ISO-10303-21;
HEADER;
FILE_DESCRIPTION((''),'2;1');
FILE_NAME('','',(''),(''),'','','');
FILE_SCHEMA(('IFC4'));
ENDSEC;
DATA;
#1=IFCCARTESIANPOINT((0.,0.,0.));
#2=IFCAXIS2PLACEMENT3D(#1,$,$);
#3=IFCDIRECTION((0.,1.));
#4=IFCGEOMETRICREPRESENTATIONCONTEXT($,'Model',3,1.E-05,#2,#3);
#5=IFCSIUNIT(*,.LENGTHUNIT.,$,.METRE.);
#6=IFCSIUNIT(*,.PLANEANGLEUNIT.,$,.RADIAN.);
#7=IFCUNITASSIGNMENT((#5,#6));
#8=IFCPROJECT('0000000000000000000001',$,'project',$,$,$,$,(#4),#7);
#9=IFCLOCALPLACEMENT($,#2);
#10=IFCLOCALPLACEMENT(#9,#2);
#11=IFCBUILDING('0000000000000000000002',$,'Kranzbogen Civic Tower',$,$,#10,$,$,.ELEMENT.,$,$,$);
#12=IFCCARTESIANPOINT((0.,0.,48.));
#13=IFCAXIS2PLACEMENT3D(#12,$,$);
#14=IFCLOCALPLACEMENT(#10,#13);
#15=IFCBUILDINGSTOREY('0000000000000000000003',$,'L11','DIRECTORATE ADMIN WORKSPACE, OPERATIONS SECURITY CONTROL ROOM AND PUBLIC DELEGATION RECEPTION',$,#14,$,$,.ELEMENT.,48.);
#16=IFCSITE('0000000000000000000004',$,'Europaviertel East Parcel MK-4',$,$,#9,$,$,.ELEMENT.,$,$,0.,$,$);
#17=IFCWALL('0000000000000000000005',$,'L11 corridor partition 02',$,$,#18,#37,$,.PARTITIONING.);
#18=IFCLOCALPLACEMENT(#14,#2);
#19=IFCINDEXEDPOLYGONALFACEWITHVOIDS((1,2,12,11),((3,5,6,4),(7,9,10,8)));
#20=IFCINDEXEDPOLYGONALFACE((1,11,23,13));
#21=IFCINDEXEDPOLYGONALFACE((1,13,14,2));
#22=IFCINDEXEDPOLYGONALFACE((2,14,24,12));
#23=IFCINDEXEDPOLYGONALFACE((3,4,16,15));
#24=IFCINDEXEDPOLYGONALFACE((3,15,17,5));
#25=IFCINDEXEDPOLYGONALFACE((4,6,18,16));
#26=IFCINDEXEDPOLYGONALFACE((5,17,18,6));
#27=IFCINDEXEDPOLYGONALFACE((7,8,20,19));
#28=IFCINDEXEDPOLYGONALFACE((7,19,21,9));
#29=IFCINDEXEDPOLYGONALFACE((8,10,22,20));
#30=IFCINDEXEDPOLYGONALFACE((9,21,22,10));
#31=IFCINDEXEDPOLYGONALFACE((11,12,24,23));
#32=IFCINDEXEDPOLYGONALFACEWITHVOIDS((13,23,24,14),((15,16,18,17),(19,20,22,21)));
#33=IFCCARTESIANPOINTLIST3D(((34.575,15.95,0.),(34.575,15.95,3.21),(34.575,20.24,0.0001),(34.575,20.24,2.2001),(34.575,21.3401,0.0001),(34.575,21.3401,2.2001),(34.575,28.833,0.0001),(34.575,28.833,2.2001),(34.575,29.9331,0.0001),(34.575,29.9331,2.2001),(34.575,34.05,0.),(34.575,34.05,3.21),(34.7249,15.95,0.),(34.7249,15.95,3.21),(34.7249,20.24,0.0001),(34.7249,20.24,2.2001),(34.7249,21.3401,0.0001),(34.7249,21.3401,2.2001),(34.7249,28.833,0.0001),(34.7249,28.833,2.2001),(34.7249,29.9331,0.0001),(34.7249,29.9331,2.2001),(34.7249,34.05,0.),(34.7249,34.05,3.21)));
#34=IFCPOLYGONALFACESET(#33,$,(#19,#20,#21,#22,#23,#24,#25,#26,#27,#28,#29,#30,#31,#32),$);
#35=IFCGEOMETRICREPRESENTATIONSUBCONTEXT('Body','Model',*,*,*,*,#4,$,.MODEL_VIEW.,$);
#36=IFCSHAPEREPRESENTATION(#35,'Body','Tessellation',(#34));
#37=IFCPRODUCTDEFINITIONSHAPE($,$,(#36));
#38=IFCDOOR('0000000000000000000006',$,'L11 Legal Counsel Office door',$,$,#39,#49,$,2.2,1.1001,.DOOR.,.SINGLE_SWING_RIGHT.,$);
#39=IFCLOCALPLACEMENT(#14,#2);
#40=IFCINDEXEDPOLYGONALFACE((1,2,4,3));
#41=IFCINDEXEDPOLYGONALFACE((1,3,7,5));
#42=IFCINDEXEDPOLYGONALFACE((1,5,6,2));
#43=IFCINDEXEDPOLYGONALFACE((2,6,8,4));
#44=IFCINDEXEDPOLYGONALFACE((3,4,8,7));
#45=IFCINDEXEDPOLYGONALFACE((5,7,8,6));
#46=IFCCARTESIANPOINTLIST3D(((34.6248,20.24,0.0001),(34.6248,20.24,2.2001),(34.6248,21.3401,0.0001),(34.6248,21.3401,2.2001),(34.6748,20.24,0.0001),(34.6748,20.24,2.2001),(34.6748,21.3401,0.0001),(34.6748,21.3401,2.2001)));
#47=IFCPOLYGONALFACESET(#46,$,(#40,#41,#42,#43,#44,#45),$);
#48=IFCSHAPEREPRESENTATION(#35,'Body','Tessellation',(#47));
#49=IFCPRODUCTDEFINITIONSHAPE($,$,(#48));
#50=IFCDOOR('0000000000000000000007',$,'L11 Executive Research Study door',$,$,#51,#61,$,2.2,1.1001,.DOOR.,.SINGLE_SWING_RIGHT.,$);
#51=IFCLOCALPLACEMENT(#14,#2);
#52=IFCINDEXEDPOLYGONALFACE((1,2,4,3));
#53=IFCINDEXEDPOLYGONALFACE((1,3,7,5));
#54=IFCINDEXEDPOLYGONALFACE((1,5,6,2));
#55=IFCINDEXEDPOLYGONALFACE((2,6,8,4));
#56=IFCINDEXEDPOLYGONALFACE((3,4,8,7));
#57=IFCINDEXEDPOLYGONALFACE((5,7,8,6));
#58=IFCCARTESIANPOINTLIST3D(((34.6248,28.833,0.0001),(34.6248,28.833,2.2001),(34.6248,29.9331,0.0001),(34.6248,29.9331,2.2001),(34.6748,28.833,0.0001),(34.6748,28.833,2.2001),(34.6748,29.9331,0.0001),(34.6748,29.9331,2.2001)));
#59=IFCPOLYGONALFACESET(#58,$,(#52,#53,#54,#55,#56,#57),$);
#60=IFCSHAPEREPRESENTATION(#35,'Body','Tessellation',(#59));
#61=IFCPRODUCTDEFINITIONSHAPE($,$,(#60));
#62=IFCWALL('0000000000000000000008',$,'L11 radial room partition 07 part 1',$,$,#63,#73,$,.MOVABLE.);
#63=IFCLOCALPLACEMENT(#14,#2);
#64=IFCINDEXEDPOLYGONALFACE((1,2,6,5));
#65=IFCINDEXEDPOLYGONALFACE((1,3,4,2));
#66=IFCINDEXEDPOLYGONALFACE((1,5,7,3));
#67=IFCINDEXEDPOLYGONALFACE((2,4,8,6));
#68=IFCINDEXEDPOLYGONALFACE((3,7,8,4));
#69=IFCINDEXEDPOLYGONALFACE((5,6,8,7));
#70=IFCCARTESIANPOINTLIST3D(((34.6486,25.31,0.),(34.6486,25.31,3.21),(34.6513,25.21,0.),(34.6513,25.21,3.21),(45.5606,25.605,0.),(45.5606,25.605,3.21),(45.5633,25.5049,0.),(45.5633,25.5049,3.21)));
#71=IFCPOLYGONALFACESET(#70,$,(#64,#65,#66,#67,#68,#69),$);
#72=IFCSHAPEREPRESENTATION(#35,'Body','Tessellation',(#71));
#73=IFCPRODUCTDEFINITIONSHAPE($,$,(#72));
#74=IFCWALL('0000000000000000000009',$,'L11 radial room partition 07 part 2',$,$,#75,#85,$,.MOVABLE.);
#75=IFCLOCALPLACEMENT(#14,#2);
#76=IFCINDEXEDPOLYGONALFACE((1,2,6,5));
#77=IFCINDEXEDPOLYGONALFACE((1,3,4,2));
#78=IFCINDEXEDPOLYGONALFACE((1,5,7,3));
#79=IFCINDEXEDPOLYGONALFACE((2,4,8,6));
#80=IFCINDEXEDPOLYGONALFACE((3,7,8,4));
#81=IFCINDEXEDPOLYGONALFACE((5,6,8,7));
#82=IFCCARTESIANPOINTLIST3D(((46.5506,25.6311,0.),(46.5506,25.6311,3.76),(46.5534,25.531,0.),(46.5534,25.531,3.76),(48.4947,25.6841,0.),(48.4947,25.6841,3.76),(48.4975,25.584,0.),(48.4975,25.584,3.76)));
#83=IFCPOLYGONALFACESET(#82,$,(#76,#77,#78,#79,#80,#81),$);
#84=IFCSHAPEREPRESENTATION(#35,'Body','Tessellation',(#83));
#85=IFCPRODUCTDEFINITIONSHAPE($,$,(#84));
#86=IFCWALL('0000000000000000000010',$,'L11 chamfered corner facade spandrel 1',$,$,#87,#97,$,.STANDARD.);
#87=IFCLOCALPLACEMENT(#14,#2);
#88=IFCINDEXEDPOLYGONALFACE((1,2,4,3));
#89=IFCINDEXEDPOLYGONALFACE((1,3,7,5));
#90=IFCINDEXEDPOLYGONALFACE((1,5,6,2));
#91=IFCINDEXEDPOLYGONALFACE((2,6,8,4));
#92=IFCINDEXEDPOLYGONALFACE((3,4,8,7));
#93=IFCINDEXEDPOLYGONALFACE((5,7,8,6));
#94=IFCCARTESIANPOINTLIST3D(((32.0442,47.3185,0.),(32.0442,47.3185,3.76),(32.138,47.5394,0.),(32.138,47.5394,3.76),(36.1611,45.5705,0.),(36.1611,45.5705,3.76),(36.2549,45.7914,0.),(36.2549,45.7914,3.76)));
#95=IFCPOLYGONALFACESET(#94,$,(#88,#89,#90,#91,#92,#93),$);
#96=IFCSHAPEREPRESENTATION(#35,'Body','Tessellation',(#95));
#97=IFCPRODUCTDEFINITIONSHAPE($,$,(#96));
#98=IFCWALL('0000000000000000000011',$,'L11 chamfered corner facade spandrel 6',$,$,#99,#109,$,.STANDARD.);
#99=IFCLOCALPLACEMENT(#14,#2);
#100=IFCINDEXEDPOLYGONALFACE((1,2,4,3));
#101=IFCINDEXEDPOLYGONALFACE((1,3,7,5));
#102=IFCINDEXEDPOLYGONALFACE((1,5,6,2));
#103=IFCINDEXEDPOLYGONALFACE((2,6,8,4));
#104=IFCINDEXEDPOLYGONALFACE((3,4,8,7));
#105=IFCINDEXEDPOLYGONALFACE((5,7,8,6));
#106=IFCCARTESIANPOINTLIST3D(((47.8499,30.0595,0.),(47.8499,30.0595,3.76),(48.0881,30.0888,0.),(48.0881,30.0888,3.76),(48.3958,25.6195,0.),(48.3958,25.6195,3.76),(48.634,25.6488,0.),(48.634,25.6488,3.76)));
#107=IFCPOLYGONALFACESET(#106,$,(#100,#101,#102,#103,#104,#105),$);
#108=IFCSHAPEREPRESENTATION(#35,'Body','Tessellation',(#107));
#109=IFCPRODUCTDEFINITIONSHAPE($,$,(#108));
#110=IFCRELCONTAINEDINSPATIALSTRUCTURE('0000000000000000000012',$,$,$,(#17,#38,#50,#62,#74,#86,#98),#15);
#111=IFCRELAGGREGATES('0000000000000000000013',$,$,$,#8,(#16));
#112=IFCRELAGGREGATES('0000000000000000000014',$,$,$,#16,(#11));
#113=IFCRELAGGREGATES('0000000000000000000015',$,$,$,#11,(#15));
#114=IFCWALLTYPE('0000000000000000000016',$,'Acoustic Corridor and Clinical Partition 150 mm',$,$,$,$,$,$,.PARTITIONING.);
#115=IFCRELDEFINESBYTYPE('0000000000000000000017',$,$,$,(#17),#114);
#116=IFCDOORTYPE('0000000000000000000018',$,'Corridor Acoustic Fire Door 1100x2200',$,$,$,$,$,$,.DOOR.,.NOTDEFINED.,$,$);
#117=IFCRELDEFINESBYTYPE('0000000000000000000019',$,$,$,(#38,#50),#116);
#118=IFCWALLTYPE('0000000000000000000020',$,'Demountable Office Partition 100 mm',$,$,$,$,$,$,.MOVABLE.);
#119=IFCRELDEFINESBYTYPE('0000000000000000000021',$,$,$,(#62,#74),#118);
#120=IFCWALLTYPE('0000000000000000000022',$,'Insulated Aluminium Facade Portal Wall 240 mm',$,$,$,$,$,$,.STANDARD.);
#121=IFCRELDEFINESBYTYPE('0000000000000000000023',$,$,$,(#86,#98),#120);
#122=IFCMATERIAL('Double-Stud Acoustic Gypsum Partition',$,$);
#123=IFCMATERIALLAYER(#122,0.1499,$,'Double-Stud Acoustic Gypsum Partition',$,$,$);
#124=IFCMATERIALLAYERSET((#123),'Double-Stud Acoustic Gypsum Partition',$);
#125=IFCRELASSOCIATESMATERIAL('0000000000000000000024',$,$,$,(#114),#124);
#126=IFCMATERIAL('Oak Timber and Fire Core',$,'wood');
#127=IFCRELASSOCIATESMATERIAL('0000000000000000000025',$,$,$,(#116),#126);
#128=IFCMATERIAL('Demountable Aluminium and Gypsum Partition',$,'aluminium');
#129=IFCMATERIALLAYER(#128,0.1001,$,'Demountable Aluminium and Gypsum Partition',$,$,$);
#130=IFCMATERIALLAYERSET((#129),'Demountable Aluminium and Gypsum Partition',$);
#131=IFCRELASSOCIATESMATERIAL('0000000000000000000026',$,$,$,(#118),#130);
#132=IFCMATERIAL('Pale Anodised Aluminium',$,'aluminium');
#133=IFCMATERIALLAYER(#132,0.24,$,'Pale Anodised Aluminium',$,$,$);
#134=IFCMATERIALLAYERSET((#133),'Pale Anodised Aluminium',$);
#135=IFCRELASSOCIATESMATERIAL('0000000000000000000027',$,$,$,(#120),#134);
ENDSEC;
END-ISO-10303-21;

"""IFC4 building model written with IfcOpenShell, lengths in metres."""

from ifc_helpers import new_model, si_unit, direction, frame, frame_2d, origin, place, context, subcontext, project, spatial, rectangle, extrude, material, layer, layer_set, type_object, element, fill, save


model = new_model("IFC4")

# Units and contexts
model_context = context("Model", 3, precision=1e-05, world=origin(), true_north=direction((0.0, 1.0)))
body_context = subcontext(model_context, "Body", "Model", "MODEL_VIEW")
ifc_project = project(units=[si_unit("LENGTHUNIT", "METRE"), si_unit("PLANEANGLEUNIT", "RADIAN")], contexts=[model_context])

# Site, building, storey
site_placement = place(None, origin())
site = spatial("IfcSite", under=ifc_project, at=site_placement, Name="Europaviertel East Parcel MK-4", CompositionType="ELEMENT", RefElevation=0.0)
building_placement = place(site_placement, origin())
building = spatial("IfcBuilding", under=site, at=building_placement, Name="Kranzbogen Civic Tower", CompositionType="ELEMENT")
storey_placement = place(building_placement, frame((0.0, 0.0, 48.0)))
storey = spatial("IfcBuildingStorey", under=building, at=storey_placement, Name="L11", Description="DIRECTORATE ADMIN WORKSPACE, OPERATIONS SECURITY CONTROL ROOM AND PUBLIC DELEGATION RECEPTION", CompositionType="ELEMENT", Elevation=48.0)

# Shared definitions
ifc_material_1 = material(Name="Pale Anodised Aluminium", Category="aluminium")

# Wall, openings, doors
ifc_material_2 = material(Name="Double-Stud Acoustic Gypsum Partition")
ifc_layer_1 = layer(ifc_material_2, 0.1499, Name="Double-Stud Acoustic Gypsum Partition")
ifc_layer_set_1 = layer_set([ifc_layer_1], Name="Double-Stud Acoustic Gypsum Partition")
wall_type_1 = type_object("IfcWallType", Name="Acoustic Corridor and Clinical Partition 150 mm", PredefinedType="PARTITIONING", material=ifc_layer_set_1)
wall_1_placement = place(storey_placement, frame((34.6499, 34.05, 0.0), z_axis=(0.0, 0.0, 1.0), x_axis=(0.0, -1.0, 0.0)))
wall_1 = element("IfcWall", 1, at=wall_1_placement, inside=storey, type_object=wall_type_1, Name="L11 corridor partition 02", PredefinedType="PARTITIONING", context=body_context, shape_type="SweptSolid", body=[
    extrude(rectangle(XDim=18.1001, YDim=0.1499, at=frame_2d((9.05, 0.0))), origin(), (0.0, 0.0, 1.0), 3.21),
])
opening_1_placement = place(wall_1_placement, frame((12.71, 0.0, 0.0)))
opening_1 = element("IfcOpeningElement", 2, at=opening_1_placement, cuts=wall_1, PredefinedType="OPENING", context=body_context, shape_type="SweptSolid", body=[
    extrude(rectangle(XDim=1.1001, YDim=2.2, at=frame_2d((0.55, 1.1001))), frame((0.0, 0.085, 0.0), z_axis=(0.0, -1.0, 0.0), x_axis=(1.0, 0.0, 0.0)), (0.0, 0.0, 1.0), 0.1699),
])
opening_2_placement = place(wall_1_placement, frame((4.1169, 0.0, 0.0)))
opening_2 = element("IfcOpeningElement", 3, at=opening_2_placement, cuts=wall_1, PredefinedType="OPENING", context=body_context, shape_type="SweptSolid", body=[
    extrude(rectangle(XDim=1.1001, YDim=2.2, at=frame_2d((0.55, 1.1001))), frame((0.0, 0.085, 0.0), z_axis=(0.0, -1.0, 0.0), x_axis=(1.0, 0.0, 0.0)), (0.0, 0.0, 1.0), 0.1699),
])
ifc_material_3 = material(Name="Oak Timber and Fire Core", Category="wood")
door_type = type_object("IfcDoorType", Name="Corridor Acoustic Fire Door 1100x2200", OperationType="NOTDEFINED", PredefinedType="DOOR", material=ifc_material_3)
door_1_placement = place(opening_1_placement, origin())
door_1 = element("IfcDoor", 4, at=door_1_placement, inside=storey, type_object=door_type, Name="L11 Legal Counsel Office door", OperationType="SINGLE_SWING_RIGHT", OverallHeight=2.2, OverallWidth=1.1001, PredefinedType="DOOR", context=body_context, shape_type="SweptSolid", body=[
    extrude(rectangle(XDim=1.1001, YDim=2.2, at=frame_2d((0.55, 1.1001))), frame((0.0, 0.0249, 0.0), z_axis=(0.0, -1.0, 0.0), x_axis=(1.0, 0.0, 0.0)), (0.0, 0.0, 1.0), 0.05),
])
fill(opening_1, door_1)
door_2_placement = place(opening_2_placement, origin())
door_2 = element("IfcDoor", 5, at=door_2_placement, inside=storey, type_object=door_type, Name="L11 Executive Research Study door", OperationType="SINGLE_SWING_RIGHT", OverallHeight=2.2, OverallWidth=1.1001, PredefinedType="DOOR", context=body_context, shape_type="SweptSolid", body=[
    extrude(rectangle(XDim=1.1001, YDim=2.2, at=frame_2d((0.55, 1.1001))), frame((0.0, 0.0249, 0.0), z_axis=(0.0, -1.0, 0.0), x_axis=(1.0, 0.0, 0.0)), (0.0, 0.0, 1.0), 0.05),
])
fill(opening_2, door_2)

# Walls
ifc_material_4 = material(Name="Demountable Aluminium and Gypsum Partition", Category="aluminium")
ifc_layer_2 = layer(ifc_material_4, 0.1001, Name="Demountable Aluminium and Gypsum Partition")
ifc_layer_set_2 = layer_set([ifc_layer_2], Name="Demountable Aluminium and Gypsum Partition")
wall_type_2 = type_object("IfcWallType", Name="Demountable Office Partition 100 mm", PredefinedType="MOVABLE", material=ifc_layer_set_2)
wall_2_placement = place(storey_placement, frame((34.6499, 25.26, 0.0), z_axis=(0.0, 0.0, 1.0), x_axis=(0.999635, 0.027017, 0.0)))
element("IfcWall", 6, at=wall_2_placement, inside=storey, type_object=wall_type_2, Name="L11 radial room partition 07 part 1", PredefinedType="MOVABLE", context=body_context, shape_type="SweptSolid", body=[
    extrude(rectangle(XDim=10.916, YDim=0.1001, at=frame_2d((5.458, 0.0))), origin(), (0.0, 0.0, 1.0), 3.21),
])
wall_3_placement = place(storey_placement, frame((46.552, 25.5811, 0.0), z_axis=(0.0, 0.0, 1.0), x_axis=(0.999629, 0.027241, 0.0)))
element("IfcWall", 7, at=wall_3_placement, inside=storey, type_object=wall_type_2, Name="L11 radial room partition 07 part 2", PredefinedType="MOVABLE", context=body_context, shape_type="SweptSolid", body=[
    extrude(rectangle(XDim=1.9448, YDim=0.1001, at=frame_2d((0.9724, 0.0))), origin(), (0.0, 0.0, 1.0), 3.76),
])
ifc_layer_3 = layer(ifc_material_1, 0.24, Name="Pale Anodised Aluminium")
ifc_layer_set_3 = layer_set([ifc_layer_3], Name="Pale Anodised Aluminium")
wall_type_3 = type_object("IfcWallType", Name="Insulated Aluminium Facade Portal Wall 240 mm", PredefinedType="STANDARD", material=ifc_layer_set_3)
wall_4_placement = place(storey_placement, frame((36.208, 45.6809, 0.0), z_axis=(0.0, 0.0, 1.0), x_axis=(-0.920464, 0.390827, 0.0)))
element("IfcWall", 8, at=wall_4_placement, inside=storey, type_object=wall_type_3, Name="L11 chamfered corner facade spandrel 1", PredefinedType="STANDARD", context=body_context, shape_type="SweptSolid", body=[
    extrude(rectangle(XDim=4.4727, YDim=0.24, at=frame_2d((2.2363, 0.0))), origin(), (0.0, 0.0, 1.0), 3.76),
])
wall_5_placement = place(storey_placement, frame((48.5149, 25.634, 0.0), z_axis=(0.0, 0.0, 1.0), x_axis=(-0.122033, 0.992526, 0.0)))
element("IfcWall", 9, at=wall_5_placement, inside=storey, type_object=wall_type_3, Name="L11 chamfered corner facade spandrel 6", PredefinedType="STANDARD", context=body_context, shape_type="SweptSolid", body=[
    extrude(rectangle(XDim=4.4734, YDim=0.24, at=frame_2d((2.2368, 0.0))), origin(), (0.0, 0.0, 1.0), 3.76),
])

save(model, "model.ifc")
